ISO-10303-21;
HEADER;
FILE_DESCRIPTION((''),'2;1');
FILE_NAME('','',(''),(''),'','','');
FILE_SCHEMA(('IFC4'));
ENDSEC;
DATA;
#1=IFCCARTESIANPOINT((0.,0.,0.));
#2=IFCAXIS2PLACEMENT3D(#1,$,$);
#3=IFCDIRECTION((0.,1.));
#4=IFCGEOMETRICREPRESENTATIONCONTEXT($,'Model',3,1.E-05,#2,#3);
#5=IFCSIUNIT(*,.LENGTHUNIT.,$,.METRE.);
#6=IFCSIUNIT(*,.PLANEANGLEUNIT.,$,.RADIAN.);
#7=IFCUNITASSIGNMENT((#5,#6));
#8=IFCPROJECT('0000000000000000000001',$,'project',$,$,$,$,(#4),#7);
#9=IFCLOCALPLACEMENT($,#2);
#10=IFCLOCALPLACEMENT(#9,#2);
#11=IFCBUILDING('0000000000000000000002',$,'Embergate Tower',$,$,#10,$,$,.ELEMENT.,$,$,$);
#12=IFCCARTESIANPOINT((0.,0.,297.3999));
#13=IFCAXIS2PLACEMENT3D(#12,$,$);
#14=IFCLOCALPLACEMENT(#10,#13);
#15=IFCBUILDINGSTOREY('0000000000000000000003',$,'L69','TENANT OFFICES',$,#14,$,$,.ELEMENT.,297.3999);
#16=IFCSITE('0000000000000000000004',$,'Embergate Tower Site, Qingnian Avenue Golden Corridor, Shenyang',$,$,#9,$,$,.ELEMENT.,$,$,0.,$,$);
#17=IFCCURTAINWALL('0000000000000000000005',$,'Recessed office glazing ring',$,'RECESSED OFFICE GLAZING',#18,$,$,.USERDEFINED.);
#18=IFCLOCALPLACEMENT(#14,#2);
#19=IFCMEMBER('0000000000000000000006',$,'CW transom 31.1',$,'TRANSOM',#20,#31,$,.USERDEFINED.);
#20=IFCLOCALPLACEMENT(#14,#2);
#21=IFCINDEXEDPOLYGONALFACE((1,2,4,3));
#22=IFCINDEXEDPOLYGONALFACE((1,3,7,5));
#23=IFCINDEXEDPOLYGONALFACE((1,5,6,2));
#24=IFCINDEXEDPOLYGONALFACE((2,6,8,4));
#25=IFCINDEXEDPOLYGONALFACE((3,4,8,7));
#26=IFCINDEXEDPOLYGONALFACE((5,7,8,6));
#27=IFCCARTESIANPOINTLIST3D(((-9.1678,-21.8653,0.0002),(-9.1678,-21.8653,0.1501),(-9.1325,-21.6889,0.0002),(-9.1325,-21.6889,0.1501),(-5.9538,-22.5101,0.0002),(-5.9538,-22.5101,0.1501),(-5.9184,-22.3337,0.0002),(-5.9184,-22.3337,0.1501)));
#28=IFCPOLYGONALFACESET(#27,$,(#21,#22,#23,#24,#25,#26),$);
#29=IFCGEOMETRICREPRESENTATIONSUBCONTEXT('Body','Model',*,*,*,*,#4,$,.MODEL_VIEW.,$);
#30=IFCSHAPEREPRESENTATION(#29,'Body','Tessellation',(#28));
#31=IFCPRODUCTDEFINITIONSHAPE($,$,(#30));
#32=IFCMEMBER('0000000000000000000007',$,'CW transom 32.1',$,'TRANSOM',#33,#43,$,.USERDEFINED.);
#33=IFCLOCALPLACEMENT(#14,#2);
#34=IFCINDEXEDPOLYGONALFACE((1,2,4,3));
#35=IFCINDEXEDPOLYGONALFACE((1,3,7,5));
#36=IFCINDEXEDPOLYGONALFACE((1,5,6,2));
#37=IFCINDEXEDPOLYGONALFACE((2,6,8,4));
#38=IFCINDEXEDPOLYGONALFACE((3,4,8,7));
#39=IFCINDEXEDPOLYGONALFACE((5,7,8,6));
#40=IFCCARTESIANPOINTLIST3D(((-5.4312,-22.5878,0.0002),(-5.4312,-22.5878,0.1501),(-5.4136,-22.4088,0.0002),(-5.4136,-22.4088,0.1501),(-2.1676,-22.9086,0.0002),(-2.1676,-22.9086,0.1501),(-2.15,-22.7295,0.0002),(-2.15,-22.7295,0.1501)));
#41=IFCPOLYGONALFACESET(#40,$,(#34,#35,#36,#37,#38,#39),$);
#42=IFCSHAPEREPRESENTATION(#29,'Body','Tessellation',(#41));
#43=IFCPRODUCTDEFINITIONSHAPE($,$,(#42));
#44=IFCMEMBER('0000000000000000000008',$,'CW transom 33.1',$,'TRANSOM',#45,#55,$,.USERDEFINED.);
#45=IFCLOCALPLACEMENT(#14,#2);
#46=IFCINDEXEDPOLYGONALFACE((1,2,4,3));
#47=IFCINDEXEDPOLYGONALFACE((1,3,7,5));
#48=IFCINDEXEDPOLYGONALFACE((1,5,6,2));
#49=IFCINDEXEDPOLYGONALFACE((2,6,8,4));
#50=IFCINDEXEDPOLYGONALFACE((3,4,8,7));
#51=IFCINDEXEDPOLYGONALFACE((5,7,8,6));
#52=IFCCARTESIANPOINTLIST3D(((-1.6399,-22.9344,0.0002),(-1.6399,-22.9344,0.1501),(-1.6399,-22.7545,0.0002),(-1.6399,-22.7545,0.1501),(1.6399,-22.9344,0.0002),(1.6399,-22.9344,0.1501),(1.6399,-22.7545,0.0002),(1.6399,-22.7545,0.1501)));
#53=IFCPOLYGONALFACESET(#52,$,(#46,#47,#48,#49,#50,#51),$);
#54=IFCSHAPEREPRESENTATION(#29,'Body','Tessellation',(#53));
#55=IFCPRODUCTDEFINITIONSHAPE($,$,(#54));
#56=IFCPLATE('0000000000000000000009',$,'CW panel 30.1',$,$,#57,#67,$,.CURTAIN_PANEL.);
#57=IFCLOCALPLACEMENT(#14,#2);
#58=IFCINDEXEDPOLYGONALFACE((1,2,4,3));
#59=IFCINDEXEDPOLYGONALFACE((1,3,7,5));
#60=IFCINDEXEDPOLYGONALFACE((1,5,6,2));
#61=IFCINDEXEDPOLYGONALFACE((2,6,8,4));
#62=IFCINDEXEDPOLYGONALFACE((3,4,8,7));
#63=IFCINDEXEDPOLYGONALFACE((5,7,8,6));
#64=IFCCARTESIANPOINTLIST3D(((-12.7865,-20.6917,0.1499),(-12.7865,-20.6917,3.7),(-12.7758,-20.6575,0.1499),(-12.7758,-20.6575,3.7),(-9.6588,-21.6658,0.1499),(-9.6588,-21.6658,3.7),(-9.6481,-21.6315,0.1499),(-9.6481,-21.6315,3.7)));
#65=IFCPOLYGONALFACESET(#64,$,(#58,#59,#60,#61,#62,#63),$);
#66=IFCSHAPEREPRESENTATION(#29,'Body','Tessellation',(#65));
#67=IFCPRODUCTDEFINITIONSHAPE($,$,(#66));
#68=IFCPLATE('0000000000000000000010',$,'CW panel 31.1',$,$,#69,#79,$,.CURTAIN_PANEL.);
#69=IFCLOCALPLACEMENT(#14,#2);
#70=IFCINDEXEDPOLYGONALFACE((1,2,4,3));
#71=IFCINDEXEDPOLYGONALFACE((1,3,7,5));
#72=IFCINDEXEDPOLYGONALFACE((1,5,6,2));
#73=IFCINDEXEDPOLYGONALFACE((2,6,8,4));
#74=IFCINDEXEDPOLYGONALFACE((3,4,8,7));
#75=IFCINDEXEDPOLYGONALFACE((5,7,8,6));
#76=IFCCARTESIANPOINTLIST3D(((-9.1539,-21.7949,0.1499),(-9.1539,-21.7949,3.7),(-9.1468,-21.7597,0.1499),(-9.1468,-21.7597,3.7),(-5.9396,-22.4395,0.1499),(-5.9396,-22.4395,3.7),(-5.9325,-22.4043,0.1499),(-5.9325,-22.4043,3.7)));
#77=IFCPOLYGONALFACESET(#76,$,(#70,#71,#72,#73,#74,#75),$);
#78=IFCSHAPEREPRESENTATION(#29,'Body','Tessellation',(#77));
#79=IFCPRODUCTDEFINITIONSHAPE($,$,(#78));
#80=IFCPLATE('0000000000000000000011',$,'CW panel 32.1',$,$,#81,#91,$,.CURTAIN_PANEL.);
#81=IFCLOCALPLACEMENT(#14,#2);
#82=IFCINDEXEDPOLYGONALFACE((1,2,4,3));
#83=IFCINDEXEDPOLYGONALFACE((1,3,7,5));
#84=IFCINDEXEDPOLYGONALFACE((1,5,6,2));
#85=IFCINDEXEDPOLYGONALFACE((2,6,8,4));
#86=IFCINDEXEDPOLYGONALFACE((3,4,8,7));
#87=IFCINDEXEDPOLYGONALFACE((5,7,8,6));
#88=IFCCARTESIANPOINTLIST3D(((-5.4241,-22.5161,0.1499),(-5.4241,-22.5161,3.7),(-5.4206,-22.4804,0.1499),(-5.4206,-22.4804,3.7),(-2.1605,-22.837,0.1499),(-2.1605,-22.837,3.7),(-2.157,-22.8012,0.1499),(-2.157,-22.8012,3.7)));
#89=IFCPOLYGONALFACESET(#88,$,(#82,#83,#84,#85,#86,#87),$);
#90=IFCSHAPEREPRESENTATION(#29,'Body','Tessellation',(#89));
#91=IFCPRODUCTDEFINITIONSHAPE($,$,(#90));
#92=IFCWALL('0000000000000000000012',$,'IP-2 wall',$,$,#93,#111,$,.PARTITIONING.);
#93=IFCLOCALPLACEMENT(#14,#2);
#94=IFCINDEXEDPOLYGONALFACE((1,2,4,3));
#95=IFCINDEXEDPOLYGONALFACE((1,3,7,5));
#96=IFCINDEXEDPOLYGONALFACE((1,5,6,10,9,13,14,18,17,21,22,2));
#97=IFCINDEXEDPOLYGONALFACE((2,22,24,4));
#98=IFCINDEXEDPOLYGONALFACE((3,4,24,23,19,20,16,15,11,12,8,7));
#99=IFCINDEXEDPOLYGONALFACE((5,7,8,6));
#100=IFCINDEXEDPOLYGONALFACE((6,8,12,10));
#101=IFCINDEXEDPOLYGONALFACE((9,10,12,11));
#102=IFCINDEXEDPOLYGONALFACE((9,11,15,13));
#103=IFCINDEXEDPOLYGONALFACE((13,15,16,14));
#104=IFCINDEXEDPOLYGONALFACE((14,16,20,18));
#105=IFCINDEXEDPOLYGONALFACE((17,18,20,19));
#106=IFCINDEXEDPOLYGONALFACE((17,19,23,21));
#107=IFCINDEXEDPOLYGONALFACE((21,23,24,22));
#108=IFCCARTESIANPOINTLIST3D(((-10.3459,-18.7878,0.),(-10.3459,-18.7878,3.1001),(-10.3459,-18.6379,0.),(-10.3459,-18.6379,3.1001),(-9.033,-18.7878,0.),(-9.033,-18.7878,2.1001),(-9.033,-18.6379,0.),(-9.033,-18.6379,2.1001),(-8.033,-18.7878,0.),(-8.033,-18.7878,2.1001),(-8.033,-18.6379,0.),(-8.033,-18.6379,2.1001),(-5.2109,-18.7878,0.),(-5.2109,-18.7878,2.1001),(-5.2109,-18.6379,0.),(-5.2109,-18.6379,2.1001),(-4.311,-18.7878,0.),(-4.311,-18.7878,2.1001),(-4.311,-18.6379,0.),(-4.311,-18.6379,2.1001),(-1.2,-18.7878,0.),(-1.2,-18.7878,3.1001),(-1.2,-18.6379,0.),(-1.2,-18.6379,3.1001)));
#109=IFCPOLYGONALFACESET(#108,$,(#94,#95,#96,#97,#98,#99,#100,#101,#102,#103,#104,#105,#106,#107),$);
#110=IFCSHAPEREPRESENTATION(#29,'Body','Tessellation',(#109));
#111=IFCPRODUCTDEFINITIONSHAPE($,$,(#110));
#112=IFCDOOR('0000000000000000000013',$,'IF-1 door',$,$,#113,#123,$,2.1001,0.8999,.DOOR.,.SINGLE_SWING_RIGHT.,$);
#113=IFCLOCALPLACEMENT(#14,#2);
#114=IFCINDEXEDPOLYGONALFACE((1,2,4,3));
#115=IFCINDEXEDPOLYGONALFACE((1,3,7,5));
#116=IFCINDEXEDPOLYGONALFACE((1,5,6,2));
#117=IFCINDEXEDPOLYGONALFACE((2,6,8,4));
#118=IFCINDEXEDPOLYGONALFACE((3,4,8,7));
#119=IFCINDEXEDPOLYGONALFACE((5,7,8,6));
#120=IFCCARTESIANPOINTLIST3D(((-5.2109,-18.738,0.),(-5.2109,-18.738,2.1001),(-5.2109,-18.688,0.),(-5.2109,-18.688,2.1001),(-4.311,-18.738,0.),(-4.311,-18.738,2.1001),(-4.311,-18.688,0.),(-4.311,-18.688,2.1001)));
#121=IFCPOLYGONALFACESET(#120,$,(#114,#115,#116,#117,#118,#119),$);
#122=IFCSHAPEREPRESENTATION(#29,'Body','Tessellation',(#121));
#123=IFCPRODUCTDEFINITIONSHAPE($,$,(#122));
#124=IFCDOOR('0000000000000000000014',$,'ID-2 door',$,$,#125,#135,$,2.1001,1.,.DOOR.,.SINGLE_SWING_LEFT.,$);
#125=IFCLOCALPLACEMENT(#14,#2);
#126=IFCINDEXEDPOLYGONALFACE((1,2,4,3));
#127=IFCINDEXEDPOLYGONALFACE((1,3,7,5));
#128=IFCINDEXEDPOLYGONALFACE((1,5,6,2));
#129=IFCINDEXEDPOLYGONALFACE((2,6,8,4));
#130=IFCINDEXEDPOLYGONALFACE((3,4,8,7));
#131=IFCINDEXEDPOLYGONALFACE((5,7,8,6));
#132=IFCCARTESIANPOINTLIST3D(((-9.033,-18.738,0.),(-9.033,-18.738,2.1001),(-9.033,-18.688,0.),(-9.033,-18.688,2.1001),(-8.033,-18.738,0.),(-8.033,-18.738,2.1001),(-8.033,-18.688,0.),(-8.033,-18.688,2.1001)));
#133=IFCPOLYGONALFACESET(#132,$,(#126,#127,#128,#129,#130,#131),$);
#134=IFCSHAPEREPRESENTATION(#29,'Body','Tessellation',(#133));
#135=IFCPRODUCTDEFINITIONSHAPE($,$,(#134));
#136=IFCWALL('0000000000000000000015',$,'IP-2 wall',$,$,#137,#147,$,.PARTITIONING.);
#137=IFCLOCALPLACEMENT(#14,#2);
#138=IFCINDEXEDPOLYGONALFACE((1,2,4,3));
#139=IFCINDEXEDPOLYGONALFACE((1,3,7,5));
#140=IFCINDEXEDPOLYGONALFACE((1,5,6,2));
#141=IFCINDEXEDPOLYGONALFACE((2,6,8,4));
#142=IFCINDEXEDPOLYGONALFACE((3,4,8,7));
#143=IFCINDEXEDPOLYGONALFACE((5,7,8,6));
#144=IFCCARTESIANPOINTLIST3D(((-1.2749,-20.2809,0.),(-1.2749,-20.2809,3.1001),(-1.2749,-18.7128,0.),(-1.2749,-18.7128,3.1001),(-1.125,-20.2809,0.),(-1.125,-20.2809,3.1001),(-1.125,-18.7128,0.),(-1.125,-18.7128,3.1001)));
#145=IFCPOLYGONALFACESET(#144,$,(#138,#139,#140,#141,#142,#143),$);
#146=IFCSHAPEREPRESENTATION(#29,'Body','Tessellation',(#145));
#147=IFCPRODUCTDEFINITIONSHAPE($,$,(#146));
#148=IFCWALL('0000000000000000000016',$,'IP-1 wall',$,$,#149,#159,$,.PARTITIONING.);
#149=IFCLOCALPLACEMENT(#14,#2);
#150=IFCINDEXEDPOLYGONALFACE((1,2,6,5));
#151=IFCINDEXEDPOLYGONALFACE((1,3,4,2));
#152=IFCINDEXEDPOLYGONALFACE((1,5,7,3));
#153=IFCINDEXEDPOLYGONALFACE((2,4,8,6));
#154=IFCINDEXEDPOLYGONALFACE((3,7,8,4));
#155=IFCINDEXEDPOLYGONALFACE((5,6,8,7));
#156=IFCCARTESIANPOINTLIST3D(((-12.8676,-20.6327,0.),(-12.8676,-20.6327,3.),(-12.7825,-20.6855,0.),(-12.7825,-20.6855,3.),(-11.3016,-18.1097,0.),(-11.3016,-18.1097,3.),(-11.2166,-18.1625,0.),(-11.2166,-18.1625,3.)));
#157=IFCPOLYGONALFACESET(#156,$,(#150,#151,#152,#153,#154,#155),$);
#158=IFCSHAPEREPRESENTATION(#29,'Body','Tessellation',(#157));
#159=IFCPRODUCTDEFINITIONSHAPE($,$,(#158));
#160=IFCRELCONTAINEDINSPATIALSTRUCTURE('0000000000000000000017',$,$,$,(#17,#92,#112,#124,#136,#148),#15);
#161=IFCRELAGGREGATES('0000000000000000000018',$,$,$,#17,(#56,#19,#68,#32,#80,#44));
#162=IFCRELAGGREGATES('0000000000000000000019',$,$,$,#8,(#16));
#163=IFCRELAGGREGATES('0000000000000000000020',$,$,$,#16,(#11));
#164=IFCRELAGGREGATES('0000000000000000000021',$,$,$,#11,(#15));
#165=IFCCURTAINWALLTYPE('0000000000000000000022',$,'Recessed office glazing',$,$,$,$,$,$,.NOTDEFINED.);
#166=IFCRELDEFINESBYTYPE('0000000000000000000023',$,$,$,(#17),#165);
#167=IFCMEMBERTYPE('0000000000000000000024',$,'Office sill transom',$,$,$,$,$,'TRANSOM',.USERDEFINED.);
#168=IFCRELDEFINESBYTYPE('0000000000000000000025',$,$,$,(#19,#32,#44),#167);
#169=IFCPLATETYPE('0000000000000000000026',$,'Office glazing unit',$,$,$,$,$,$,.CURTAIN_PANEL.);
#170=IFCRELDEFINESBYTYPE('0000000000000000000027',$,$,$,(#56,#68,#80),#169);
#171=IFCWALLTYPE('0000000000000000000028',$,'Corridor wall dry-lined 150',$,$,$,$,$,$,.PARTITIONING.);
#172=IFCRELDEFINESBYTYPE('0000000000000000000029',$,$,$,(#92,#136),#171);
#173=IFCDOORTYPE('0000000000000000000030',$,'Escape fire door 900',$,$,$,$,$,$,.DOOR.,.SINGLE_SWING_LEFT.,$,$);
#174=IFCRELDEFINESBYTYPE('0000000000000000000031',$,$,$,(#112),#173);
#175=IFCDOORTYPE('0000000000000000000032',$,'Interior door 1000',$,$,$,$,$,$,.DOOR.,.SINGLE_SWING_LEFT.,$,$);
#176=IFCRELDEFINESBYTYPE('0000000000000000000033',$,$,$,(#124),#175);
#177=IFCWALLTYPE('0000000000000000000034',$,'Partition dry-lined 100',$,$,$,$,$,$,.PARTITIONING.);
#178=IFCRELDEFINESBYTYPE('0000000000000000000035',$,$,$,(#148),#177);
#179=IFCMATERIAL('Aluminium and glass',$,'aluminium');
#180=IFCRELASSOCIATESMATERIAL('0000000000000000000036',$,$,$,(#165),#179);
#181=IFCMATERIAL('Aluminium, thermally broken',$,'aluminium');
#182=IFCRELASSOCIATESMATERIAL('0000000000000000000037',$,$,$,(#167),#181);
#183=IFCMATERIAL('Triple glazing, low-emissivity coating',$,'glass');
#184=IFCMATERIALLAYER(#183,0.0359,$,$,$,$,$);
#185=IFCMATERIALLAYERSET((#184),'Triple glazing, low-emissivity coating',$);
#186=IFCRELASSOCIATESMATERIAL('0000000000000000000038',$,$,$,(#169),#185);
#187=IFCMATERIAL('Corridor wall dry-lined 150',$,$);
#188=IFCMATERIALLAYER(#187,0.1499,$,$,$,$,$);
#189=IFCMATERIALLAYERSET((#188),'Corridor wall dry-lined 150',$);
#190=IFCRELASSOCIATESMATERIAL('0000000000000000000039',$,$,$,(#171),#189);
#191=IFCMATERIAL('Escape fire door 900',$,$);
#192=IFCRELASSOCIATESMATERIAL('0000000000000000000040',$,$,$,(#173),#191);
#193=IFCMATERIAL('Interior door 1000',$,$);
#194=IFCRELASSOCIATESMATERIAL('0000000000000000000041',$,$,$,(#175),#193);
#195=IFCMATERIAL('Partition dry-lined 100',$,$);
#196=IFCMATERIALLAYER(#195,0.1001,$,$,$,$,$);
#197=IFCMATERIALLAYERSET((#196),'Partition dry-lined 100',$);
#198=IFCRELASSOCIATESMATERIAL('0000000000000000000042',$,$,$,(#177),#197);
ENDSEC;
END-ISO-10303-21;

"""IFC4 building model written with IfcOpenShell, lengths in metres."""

from ifc_helpers import new_model, si_unit, direction, frame, frame_2d, origin, origin_2d, place, context, subcontext, project, spatial, rectangle, extrude, source, transform, mapped, material, layer, layer_set, material_profile, profile_set, type_object, element, fill, aggregate, save


model = new_model("IFC4")

# Units and contexts
model_context = context("Model", 3, precision=1e-05, world=origin(), true_north=direction((0.0, 1.0)))
body_context = subcontext(model_context, "Body", "Model", "MODEL_VIEW")
ifc_project = project(units=[si_unit("LENGTHUNIT", "METRE"), si_unit("PLANEANGLEUNIT", "RADIAN")], contexts=[model_context])

# Site, building, storey
site_placement = place(None, origin())
site = spatial("IfcSite", under=ifc_project, at=site_placement, Name="Embergate Tower Site, Qingnian Avenue Golden Corridor, Shenyang", CompositionType="ELEMENT", RefElevation=0.0)
building_placement = place(site_placement, origin())
building = spatial("IfcBuilding", under=site, at=building_placement, Name="Embergate Tower", CompositionType="ELEMENT")
storey_placement = place(building_placement, frame((0.0, 0.0, 297.3999)))
storey = spatial("IfcBuildingStorey", under=building, at=storey_placement, Name="L69", Description="TENANT OFFICES", CompositionType="ELEMENT", Elevation=297.3999)

# Curtain wall, members
ifc_material_1 = material(Name="Aluminium and glass", Category="aluminium")
curtain_wall_type = type_object("IfcCurtainWallType", Name="Recessed office glazing", PredefinedType="NOTDEFINED", material=ifc_material_1)
curtain_wall_placement = place(storey_placement, origin())
curtain_wall = element("IfcCurtainWall", 1, at=curtain_wall_placement, inside=storey, type_object=curtain_wall_type, Name="Recessed office glazing ring", ObjectType="RECESSED OFFICE GLAZING", PredefinedType="USERDEFINED")
ifc_material_2 = material(Name="Aluminium, thermally broken", Category="aluminium")
ifc_material_profile_1 = material_profile(ifc_material_2, rectangle(XDim=0.1799, YDim=0.1499, at=origin_2d()), Name="AL 150x180")
ifc_profile_set_1 = profile_set([ifc_material_profile_1], Name="Aluminium, thermally broken")
member_type_1 = type_object("IfcMemberType", Name="Office sill transom", ElementType="TRANSOM", PredefinedType="USERDEFINED", material=ifc_profile_set_1)
shared_shape_1 = source(origin(), body_context, "Body", "SweptSolid", [
    extrude(rectangle(XDim=0.1799, YDim=0.1499, at=origin_2d()), origin(), (0.0, 0.0, 1.0), 3.2781),
])
member_1_placement = place(storey_placement, frame((-9.1501, -21.7771, 0.0752), z_axis=(0.980466, -0.196689, 0.0), x_axis=(0.196689, 0.980466, 0.0)))
member_1 = element("IfcMember", 2, at=member_1_placement, type_object=member_type_1, Name="CW transom 31.1", ObjectType="TRANSOM", PredefinedType="USERDEFINED", context=body_context, shape_type="MappedRepresentation", body=[
    mapped(shared_shape_1, transform((0.0, 0.0, 0.0))),
])
shared_shape_2 = source(origin(), body_context, "Body", "SweptSolid", [
    extrude(rectangle(XDim=0.1799, YDim=0.1499, at=origin_2d()), origin(), (0.0, 0.0, 1.0), 3.2793),
])
member_2_placement = place(storey_placement, frame((-5.4224, -22.4983, 0.0752), z_axis=(0.995204, -0.097823, 0.0), x_axis=(0.097823, 0.995204, 0.0)))
member_2 = element("IfcMember", 3, at=member_2_placement, type_object=member_type_1, Name="CW transom 32.1", ObjectType="TRANSOM", PredefinedType="USERDEFINED", context=body_context, shape_type="MappedRepresentation", body=[
    mapped(shared_shape_2, transform((0.0, 0.0, 0.0))),
])
shared_shape_3 = source(origin(), body_context, "Body", "SweptSolid", [
    extrude(rectangle(XDim=0.1799, YDim=0.1499, at=origin_2d()), origin(), (0.0, 0.0, 1.0), 3.2798),
])
member_3_placement = place(storey_placement, frame((-1.6399, -22.8445, 0.0752), z_axis=(1.0, 0.0, 0.0), x_axis=(0.0, 1.0, 0.0)))
member_3 = element("IfcMember", 4, at=member_3_placement, type_object=member_type_1, Name="CW transom 33.1", ObjectType="TRANSOM", PredefinedType="USERDEFINED", context=body_context, shape_type="MappedRepresentation", body=[
    mapped(shared_shape_3, transform((0.0, 0.0, 0.0))),
])

# Plates
ifc_material_3 = material(Name="Triple glazing, low-emissivity coating", Category="glass")
ifc_layer_1 = layer(ifc_material_3, 0.0359)
ifc_layer_set_1 = layer_set([ifc_layer_1], Name="Triple glazing, low-emissivity coating")
plate_type = type_object("IfcPlateType", Name="Office glazing unit", PredefinedType="CURTAIN_PANEL", material=ifc_layer_set_1)
shared_shape_4 = source(origin(), body_context, "Body", "SweptSolid", [
    extrude(rectangle(XDim=3.2759, YDim=0.0359, at=origin_2d()), origin(), (0.0, 0.0, 1.0), 3.55),
])
plate_1_placement = place(storey_placement, frame((-11.2173, -21.1616, 0.1499), z_axis=(0.0, 0.0, 1.0), x_axis=(0.954771, -0.297342, 0.0)))
plate_1 = element("IfcPlate", 5, at=plate_1_placement, type_object=plate_type, Name="CW panel 30.1", PredefinedType="CURTAIN_PANEL", context=body_context, shape_type="MappedRepresentation", body=[
    mapped(shared_shape_4, transform((0.0, 0.0, 0.0))),
])
shared_shape_5 = source(origin(), body_context, "Body", "SweptSolid", [
    extrude(rectangle(XDim=3.2783, YDim=0.0359, at=origin_2d()), origin(), (0.0, 0.0, 1.0), 3.55),
])
plate_2_placement = place(storey_placement, frame((-7.5432, -22.0996, 0.1499), z_axis=(0.0, 0.0, 1.0), x_axis=(0.980476, -0.196641, 0.0)))
plate_2 = element("IfcPlate", 6, at=plate_2_placement, type_object=plate_type, Name="CW panel 31.1", PredefinedType="CURTAIN_PANEL", context=body_context, shape_type="MappedRepresentation", body=[
    mapped(shared_shape_5, transform((0.0, 0.0, 0.0))),
])
shared_shape_6 = source(origin(), body_context, "Body", "SweptSolid", [
    extrude(rectangle(XDim=3.2793, YDim=0.0359, at=origin_2d()), origin(), (0.0, 0.0, 1.0), 3.55),
])
plate_3_placement = place(storey_placement, frame((-3.7905, -22.6587, 0.1499), z_axis=(0.0, 0.0, 1.0), x_axis=(0.995203, -0.09783, 0.0)))
plate_3 = element("IfcPlate", 7, at=plate_3_placement, type_object=plate_type, Name="CW panel 32.1", PredefinedType="CURTAIN_PANEL", context=body_context, shape_type="MappedRepresentation", body=[
    mapped(shared_shape_6, transform((0.0, 0.0, 0.0))),
])
aggregate(curtain_wall, [plate_1, member_1, plate_2, member_2, plate_3, member_3])

# Wall, openings, doors
ifc_material_4 = material(Name="Corridor wall dry-lined 150")
ifc_layer_2 = layer(ifc_material_4, 0.1499)
ifc_layer_set_2 = layer_set([ifc_layer_2], Name="Corridor wall dry-lined 150")
wall_type_1 = type_object("IfcWallType", Name="Corridor wall dry-lined 150", PredefinedType="PARTITIONING", material=ifc_layer_set_2)
shared_shape_7 = source(origin(), body_context, "Body", "SweptSolid", [
    extrude(rectangle(XDim=9.146, YDim=0.1499, at=frame_2d((4.573, 0.0))), origin(), (0.0, 0.0, 1.0), 3.1001),
])
wall_1_placement = place(storey_placement, frame((-10.3459, -18.7129, 0.0), z_axis=(0.0, 0.0, 1.0), x_axis=(1.0, 0.0, 0.0)))
wall_1 = element("IfcWall", 8, at=wall_1_placement, inside=storey, type_object=wall_type_1, Name="IP-2 wall", PredefinedType="PARTITIONING", context=body_context, shape_type="MappedRepresentation", body=[
    mapped(shared_shape_7, transform((0.0, 0.0, 0.0))),
])
shared_shape_8 = source(origin(), body_context, "Body", "SweptSolid", [
    extrude(rectangle(XDim=1.0, YDim=2.1001, at=frame_2d((0.5, 1.05))), frame((0.0, 0.085, 0.0), z_axis=(0.0, -1.0, 0.0), x_axis=(1.0, 0.0, 0.0)), (0.0, 0.0, 1.0), 0.1699),
])
opening_1_placement = place(wall_1_placement, frame((1.313, 0.0, 0.0)))
opening_1 = element("IfcOpeningElement", 9, at=opening_1_placement, cuts=wall_1, PredefinedType="OPENING", context=body_context, shape_type="MappedRepresentation", body=[
    mapped(shared_shape_8, transform((0.0, 0.0, 0.0))),
])
shared_shape_9 = source(origin(), body_context, "Body", "SweptSolid", [
    extrude(rectangle(XDim=0.8999, YDim=2.1001, at=frame_2d((0.45, 1.05))), frame((0.0, 0.085, 0.0), z_axis=(0.0, -1.0, 0.0), x_axis=(1.0, 0.0, 0.0)), (0.0, 0.0, 1.0), 0.1699),
])
opening_2_placement = place(wall_1_placement, frame((5.135, 0.0, 0.0)))
opening_2 = element("IfcOpeningElement", 10, at=opening_2_placement, cuts=wall_1, PredefinedType="OPENING", context=body_context, shape_type="MappedRepresentation", body=[
    mapped(shared_shape_9, transform((0.0, 0.0, 0.0))),
])
ifc_material_5 = material(Name="Escape fire door 900")
door_type_1 = type_object("IfcDoorType", Name="Escape fire door 900", OperationType="SINGLE_SWING_LEFT", PredefinedType="DOOR", material=ifc_material_5)
shared_shape_10 = source(origin(), body_context, "Body", "SweptSolid", [
    extrude(rectangle(XDim=0.8999, YDim=2.1001, at=frame_2d((0.45, 1.05))), frame((0.0, 0.0249, 0.0), z_axis=(0.0, -1.0, 0.0), x_axis=(1.0, 0.0, 0.0)), (0.0, 0.0, 1.0), 0.05),
])
door_1_placement = place(opening_2_placement, origin())
door_1 = element("IfcDoor", 11, at=door_1_placement, inside=storey, type_object=door_type_1, Name="IF-1 door", OperationType="SINGLE_SWING_RIGHT", OverallHeight=2.1001, OverallWidth=0.8999, PredefinedType="DOOR", context=body_context, shape_type="MappedRepresentation", body=[
    mapped(shared_shape_10, transform((0.0, 0.0, 0.0))),
])
fill(opening_2, door_1)
ifc_material_6 = material(Name="Interior door 1000")
door_type_2 = type_object("IfcDoorType", Name="Interior door 1000", OperationType="SINGLE_SWING_LEFT", PredefinedType="DOOR", material=ifc_material_6)
shared_shape_11 = source(origin(), body_context, "Body", "SweptSolid", [
    extrude(rectangle(XDim=1.0, YDim=2.1001, at=frame_2d((0.5, 1.05))), frame((0.0, 0.0249, 0.0), z_axis=(0.0, -1.0, 0.0), x_axis=(1.0, 0.0, 0.0)), (0.0, 0.0, 1.0), 0.05),
])
door_2_placement = place(opening_1_placement, origin())
door_2 = element("IfcDoor", 12, at=door_2_placement, inside=storey, type_object=door_type_2, Name="ID-2 door", OperationType="SINGLE_SWING_LEFT", OverallHeight=2.1001, OverallWidth=1.0, PredefinedType="DOOR", context=body_context, shape_type="MappedRepresentation", body=[
    mapped(shared_shape_11, transform((0.0, 0.0, 0.0))),
])
fill(opening_1, door_2)

# Walls
shared_shape_12 = source(origin(), body_context, "Body", "SweptSolid", [
    extrude(rectangle(XDim=1.5681, YDim=0.1499, at=frame_2d((0.7842, 0.0))), origin(), (0.0, 0.0, 1.0), 3.1001),
])
wall_2_placement = place(storey_placement, frame((-1.2, -20.281, 0.0), z_axis=(0.0, 0.0, 1.0), x_axis=(0.0, 1.0, 0.0)))
element("IfcWall", 13, at=wall_2_placement, inside=storey, type_object=wall_type_1, Name="IP-2 wall", PredefinedType="PARTITIONING", context=body_context, shape_type="MappedRepresentation", body=[
    mapped(shared_shape_12, transform((0.0, 0.0, 0.0))),
])
ifc_material_7 = material(Name="Partition dry-lined 100")
ifc_layer_3 = layer(ifc_material_7, 0.1001)
ifc_layer_set_3 = layer_set([ifc_layer_3], Name="Partition dry-lined 100")
wall_type_2 = type_object("IfcWallType", Name="Partition dry-lined 100", PredefinedType="PARTITIONING", material=ifc_layer_set_3)
shared_shape_13 = source(origin(), body_context, "Body", "SweptSolid", [
    extrude(rectangle(XDim=2.9695, YDim=0.1001, at=frame_2d((1.4849, 0.0))), origin(), (0.0, 0.0, 1.0), 3.0),
])
wall_3_placement = place(storey_placement, frame((-11.259, -18.136, 0.0), z_axis=(0.0, 0.0, 1.0), x_axis=(-0.527351, -0.849648, 0.0)))
element("IfcWall", 14, at=wall_3_placement, inside=storey, type_object=wall_type_2, Name="IP-1 wall", PredefinedType="PARTITIONING", context=body_context, shape_type="MappedRepresentation", body=[
    mapped(shared_shape_13, transform((0.0, 0.0, 0.0))),
])

save(model, "model.ifc")
